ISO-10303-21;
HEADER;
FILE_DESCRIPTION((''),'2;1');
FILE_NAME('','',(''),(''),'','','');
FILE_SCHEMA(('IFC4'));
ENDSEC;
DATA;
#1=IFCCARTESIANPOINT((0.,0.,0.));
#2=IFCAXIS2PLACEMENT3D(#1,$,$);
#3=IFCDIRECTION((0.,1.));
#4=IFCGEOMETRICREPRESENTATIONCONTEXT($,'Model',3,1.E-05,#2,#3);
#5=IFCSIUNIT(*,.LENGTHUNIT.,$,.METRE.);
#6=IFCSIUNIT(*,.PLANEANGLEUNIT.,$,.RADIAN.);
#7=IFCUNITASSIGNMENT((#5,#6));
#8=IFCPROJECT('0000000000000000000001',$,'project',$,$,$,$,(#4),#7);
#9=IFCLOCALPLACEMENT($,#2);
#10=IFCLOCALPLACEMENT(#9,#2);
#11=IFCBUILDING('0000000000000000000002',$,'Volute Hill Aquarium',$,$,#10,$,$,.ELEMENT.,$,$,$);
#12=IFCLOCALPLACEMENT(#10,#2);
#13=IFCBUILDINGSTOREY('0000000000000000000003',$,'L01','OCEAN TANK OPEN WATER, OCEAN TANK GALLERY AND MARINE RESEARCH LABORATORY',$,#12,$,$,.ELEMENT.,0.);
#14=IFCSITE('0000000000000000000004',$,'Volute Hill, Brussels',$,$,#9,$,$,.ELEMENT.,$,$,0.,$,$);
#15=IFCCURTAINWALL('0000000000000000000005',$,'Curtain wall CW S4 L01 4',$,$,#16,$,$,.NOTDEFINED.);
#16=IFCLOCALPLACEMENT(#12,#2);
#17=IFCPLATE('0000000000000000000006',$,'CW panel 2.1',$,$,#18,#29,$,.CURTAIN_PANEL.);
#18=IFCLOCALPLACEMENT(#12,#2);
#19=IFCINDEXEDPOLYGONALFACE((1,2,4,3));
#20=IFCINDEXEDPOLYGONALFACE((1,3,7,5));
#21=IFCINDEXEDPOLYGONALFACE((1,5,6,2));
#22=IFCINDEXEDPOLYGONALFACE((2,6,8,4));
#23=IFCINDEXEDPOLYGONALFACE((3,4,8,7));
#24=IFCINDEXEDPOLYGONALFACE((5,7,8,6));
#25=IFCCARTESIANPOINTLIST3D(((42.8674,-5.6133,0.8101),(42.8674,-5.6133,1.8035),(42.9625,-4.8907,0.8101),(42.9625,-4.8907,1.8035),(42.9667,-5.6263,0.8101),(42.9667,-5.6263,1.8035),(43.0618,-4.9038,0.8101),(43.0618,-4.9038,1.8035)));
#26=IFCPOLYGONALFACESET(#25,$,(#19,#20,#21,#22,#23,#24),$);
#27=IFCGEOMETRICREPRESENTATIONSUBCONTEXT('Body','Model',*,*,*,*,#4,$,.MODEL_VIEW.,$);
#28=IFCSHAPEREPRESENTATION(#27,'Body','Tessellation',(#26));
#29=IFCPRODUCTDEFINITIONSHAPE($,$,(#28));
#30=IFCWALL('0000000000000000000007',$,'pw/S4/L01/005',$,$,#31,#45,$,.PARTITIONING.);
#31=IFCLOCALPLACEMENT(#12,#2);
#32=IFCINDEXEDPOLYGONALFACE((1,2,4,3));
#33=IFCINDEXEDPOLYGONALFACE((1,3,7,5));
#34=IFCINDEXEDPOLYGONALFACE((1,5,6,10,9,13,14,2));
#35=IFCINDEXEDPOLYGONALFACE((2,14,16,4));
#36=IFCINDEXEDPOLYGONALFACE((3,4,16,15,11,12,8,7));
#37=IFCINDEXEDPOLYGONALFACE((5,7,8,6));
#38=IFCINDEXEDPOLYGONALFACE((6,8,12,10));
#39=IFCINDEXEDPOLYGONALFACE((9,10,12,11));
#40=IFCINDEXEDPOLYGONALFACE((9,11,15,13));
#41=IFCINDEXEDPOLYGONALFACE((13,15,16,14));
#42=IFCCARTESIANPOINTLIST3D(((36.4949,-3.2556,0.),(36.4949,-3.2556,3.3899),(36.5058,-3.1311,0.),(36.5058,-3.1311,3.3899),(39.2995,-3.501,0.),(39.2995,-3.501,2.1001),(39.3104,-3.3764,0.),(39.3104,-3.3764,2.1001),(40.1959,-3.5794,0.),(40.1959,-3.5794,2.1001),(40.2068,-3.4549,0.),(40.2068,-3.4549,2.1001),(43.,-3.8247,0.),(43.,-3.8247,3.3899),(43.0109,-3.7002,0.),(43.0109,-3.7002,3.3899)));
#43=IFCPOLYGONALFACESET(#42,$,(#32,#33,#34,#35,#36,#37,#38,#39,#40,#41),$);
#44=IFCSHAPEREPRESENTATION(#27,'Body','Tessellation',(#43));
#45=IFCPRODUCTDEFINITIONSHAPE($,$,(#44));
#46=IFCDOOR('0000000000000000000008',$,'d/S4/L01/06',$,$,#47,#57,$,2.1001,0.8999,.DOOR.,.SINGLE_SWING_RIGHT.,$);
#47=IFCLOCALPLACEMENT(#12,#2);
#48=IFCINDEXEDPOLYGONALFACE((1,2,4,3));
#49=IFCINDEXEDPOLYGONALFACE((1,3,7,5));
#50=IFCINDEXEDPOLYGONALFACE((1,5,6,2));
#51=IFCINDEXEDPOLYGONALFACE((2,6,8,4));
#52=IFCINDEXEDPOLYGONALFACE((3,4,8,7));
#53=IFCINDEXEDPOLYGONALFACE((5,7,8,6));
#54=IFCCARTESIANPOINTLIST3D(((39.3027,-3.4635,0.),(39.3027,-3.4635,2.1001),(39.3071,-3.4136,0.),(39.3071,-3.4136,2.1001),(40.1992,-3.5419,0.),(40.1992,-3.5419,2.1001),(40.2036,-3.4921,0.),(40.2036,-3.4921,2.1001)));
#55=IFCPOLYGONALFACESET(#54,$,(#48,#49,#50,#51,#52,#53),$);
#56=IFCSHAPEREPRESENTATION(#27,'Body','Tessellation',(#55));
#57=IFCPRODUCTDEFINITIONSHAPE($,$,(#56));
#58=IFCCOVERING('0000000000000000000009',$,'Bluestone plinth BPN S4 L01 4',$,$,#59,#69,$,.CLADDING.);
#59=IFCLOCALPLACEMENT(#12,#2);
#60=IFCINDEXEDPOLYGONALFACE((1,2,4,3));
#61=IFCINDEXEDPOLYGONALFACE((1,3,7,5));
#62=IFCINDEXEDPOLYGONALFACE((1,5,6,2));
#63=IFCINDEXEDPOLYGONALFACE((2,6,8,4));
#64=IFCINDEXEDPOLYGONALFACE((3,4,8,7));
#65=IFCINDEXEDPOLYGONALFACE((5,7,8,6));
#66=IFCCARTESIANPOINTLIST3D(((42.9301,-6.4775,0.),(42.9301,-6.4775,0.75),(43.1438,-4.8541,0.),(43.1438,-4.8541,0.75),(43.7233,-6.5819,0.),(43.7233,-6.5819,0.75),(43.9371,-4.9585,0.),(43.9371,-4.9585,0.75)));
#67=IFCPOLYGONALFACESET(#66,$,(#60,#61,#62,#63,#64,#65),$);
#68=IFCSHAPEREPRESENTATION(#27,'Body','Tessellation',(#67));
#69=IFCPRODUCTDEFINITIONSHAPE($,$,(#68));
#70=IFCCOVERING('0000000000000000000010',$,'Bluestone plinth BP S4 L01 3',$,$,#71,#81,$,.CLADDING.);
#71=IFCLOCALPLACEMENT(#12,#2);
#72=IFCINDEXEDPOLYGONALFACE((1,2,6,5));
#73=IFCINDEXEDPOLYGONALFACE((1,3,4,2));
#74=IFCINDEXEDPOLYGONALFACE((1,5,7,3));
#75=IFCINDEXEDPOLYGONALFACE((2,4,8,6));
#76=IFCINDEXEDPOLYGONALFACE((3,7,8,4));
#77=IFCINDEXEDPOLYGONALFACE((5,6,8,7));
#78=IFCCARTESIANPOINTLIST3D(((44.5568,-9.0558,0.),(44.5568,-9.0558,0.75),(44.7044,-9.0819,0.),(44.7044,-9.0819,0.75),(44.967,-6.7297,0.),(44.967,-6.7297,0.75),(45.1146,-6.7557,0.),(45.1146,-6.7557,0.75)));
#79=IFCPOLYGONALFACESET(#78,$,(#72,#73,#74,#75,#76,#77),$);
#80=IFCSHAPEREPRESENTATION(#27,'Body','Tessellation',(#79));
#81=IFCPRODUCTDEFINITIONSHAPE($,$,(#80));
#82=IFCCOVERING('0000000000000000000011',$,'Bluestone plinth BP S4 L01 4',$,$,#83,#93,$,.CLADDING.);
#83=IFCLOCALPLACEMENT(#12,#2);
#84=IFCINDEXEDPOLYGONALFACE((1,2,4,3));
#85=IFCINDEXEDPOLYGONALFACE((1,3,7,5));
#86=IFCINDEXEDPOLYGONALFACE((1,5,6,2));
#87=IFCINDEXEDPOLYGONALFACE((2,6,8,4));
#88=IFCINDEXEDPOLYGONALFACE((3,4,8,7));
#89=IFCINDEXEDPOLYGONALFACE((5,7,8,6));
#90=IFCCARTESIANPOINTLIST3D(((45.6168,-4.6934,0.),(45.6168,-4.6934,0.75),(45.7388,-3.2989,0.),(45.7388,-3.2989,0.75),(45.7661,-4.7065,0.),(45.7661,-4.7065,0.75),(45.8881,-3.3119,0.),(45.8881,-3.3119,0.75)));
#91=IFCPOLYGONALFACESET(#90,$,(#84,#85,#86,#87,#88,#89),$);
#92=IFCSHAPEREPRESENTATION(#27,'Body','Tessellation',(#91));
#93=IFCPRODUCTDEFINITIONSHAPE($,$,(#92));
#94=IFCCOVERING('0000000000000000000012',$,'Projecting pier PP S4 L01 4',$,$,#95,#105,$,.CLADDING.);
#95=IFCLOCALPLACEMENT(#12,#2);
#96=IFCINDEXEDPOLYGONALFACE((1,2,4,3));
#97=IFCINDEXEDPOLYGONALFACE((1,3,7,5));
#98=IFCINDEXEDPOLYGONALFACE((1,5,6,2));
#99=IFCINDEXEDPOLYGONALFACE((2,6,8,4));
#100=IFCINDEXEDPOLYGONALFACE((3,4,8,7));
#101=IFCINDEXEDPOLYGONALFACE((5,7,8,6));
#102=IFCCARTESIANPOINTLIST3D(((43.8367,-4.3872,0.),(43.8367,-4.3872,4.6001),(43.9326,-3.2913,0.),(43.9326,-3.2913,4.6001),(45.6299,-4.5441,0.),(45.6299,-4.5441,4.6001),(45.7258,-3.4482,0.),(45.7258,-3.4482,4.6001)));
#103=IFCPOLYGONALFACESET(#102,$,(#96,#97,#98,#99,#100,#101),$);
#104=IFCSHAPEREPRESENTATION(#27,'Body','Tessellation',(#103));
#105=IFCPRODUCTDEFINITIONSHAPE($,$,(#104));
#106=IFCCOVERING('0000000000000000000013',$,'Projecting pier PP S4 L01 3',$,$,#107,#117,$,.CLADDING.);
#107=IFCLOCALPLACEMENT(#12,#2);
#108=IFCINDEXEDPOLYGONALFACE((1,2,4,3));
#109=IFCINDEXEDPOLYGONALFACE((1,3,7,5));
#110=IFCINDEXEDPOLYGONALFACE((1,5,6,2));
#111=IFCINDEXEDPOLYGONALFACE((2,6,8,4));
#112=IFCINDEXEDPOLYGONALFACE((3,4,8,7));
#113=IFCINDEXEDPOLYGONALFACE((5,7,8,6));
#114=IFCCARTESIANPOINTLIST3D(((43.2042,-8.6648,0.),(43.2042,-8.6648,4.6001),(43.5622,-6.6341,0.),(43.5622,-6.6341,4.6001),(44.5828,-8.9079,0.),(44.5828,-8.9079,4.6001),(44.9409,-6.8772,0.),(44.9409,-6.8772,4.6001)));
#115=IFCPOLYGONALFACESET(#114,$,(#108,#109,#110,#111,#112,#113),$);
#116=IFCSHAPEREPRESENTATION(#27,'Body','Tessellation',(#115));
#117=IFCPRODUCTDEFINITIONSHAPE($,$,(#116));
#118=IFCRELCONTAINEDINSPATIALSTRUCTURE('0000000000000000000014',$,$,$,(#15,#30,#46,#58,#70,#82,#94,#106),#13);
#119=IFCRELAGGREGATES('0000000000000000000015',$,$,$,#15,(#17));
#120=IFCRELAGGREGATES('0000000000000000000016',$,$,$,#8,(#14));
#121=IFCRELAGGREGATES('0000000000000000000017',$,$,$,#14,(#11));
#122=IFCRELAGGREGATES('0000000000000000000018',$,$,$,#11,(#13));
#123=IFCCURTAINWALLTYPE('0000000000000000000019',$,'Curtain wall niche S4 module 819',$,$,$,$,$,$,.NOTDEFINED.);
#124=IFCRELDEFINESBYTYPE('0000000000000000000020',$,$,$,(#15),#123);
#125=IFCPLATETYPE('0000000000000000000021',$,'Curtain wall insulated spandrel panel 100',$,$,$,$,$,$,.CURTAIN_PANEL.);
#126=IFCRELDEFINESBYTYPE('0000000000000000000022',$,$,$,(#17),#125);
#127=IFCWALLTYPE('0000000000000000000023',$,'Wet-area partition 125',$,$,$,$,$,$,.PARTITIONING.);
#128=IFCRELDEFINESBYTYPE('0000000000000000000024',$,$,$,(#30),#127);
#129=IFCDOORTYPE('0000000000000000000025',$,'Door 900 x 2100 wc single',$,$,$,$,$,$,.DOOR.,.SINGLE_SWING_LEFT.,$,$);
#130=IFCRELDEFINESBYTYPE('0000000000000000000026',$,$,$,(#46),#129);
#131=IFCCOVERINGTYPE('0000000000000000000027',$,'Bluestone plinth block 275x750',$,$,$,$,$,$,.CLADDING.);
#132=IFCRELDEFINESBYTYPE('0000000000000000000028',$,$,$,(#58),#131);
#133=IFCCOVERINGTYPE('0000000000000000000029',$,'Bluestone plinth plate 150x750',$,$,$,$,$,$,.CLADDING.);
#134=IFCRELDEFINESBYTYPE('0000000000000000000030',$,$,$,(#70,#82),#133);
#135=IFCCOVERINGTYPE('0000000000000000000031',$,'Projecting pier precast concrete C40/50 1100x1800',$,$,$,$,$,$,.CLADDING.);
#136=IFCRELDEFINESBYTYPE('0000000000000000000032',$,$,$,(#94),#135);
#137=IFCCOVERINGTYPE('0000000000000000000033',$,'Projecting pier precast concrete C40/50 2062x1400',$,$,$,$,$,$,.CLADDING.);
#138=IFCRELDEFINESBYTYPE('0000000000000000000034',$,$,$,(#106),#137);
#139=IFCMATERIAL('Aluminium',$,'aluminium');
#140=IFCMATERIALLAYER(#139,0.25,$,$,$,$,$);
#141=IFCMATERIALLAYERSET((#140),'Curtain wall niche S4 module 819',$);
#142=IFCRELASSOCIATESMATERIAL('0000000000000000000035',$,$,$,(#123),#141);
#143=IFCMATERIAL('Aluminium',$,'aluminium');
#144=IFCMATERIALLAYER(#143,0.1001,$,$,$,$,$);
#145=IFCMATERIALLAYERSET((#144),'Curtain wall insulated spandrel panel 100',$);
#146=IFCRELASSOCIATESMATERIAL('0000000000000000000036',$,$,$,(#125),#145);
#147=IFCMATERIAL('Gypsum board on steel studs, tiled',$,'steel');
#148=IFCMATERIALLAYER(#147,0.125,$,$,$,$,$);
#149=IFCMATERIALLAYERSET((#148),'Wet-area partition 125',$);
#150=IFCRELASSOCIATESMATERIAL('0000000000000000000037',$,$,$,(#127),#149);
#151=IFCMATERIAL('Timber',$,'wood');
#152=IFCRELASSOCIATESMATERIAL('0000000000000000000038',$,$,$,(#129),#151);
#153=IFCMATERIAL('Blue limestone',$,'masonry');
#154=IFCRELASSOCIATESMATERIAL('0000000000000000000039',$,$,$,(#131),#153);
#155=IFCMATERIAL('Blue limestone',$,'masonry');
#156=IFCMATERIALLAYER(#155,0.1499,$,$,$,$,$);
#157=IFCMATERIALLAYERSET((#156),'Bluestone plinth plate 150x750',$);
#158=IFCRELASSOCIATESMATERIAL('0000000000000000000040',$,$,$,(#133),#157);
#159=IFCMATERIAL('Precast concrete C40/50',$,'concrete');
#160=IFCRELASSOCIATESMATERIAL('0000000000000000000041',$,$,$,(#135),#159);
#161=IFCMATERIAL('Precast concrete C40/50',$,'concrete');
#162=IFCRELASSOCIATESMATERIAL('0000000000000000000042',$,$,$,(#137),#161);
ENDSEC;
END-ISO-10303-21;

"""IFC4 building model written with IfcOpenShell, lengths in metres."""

from ifc_helpers import new_model, si_unit, direction, frame, frame_2d, origin, origin_2d, place, context, subcontext, project, spatial, rectangle, extrude, material, layer, layer_set, type_object, element, fill, aggregate, save


model = new_model("IFC4")

# Units and contexts
model_context = context("Model", 3, precision=1e-05, world=origin(), true_north=direction((0.0, 1.0)))
body_context = subcontext(model_context, "Body", "Model", "MODEL_VIEW")
ifc_project = project(units=[si_unit("LENGTHUNIT", "METRE"), si_unit("PLANEANGLEUNIT", "RADIAN")], contexts=[model_context])

# Site, building, storey
site_placement = place(None, origin())
site = spatial("IfcSite", under=ifc_project, at=site_placement, Name="Volute Hill, Brussels", CompositionType="ELEMENT", RefElevation=0.0)
building_placement = place(site_placement, origin())
building = spatial("IfcBuilding", under=site, at=building_placement, Name="Volute Hill Aquarium", CompositionType="ELEMENT")
storey_placement = place(building_placement, origin())
storey = spatial("IfcBuildingStorey", under=building, at=storey_placement, Name="L01", Description="OCEAN TANK OPEN WATER, OCEAN TANK GALLERY AND MARINE RESEARCH LABORATORY", CompositionType="ELEMENT", Elevation=0.0)

# Curtain wall
ifc_material_1 = material(Name="Aluminium", Category="aluminium")
ifc_layer_1 = layer(ifc_material_1, 0.25)
ifc_layer_set_1 = layer_set([ifc_layer_1], Name="Curtain wall niche S4 module 819")
curtain_wall_type = type_object("IfcCurtainWallType", Name="Curtain wall niche S4 module 819", PredefinedType="NOTDEFINED", material=ifc_layer_set_1)
curtain_wall_placement = place(storey_placement, origin())
curtain_wall = element("IfcCurtainWall", 1, at=curtain_wall_placement, inside=storey, type_object=curtain_wall_type, Name="Curtain wall CW S4 L01 4", PredefinedType="NOTDEFINED")

# Plate
ifc_material_2 = material(Name="Aluminium", Category="aluminium")
ifc_layer_2 = layer(ifc_material_2, 0.1001)
ifc_layer_set_2 = layer_set([ifc_layer_2], Name="Curtain wall insulated spandrel panel 100")
plate_type_1 = type_object("IfcPlateType", Name="Curtain wall insulated spandrel panel 100", PredefinedType="CURTAIN_PANEL", material=ifc_layer_set_2)
plate_1_placement = place(storey_placement, frame((42.9646, -5.2585, 0.8101), z_axis=(0.0, 0.0, 1.0), x_axis=(0.130516, 0.991446, 0.0)))
plate_1 = element("IfcPlate", 2, at=plate_1_placement, type_object=plate_type_1, Name="CW panel 2.1", PredefinedType="CURTAIN_PANEL", context=body_context, shape_type="SweptSolid", body=[
    extrude(rectangle(XDim=0.7288, YDim=0.1001, at=origin_2d()), origin(), (0.0, 0.0, 1.0), 0.9934),
])
aggregate(curtain_wall, [plate_1])

# Wall, opening, door
ifc_material_3 = material(Name="Gypsum board on steel studs, tiled", Category="steel")
ifc_layer_3 = layer(ifc_material_3, 0.125)
ifc_layer_set_3 = layer_set([ifc_layer_3], Name="Wet-area partition 125")
wall_type = type_object("IfcWallType", Name="Wet-area partition 125", PredefinedType="PARTITIONING", material=ifc_layer_set_3)
wall_placement = place(storey_placement, frame((43.0056, -3.7625, 0.0), z_axis=(0.0, 0.0, 1.0), x_axis=(-0.996195, 0.087151, 0.0)))
wall = element("IfcWall", 3, at=wall_placement, inside=storey, type_object=wall_type, Name="pw/S4/L01/005", PredefinedType="PARTITIONING", context=body_context, shape_type="SweptSolid", body=[
    extrude(rectangle(XDim=6.53, YDim=0.125, at=frame_2d((3.2651, 0.0))), origin(), (0.0, 0.0, 1.0), 3.3899),
])
opening_placement = place(wall_placement, frame((2.8149, 0.0, 0.0)))
opening = element("IfcOpeningElement", 4, at=opening_placement, cuts=wall, PredefinedType="OPENING", context=body_context, shape_type="SweptSolid", body=[
    extrude(rectangle(XDim=0.8999, YDim=2.1001, at=frame_2d((0.45, 1.05))), frame((0.0, 0.0725, 0.0), z_axis=(0.0, -1.0, 0.0), x_axis=(1.0, 0.0, 0.0)), (0.0, 0.0, 1.0), 0.145),
])
ifc_material_4 = material(Name="Timber", Category="wood")
door_type = type_object("IfcDoorType", Name="Door 900 x 2100 wc single", OperationType="SINGLE_SWING_LEFT", PredefinedType="DOOR", material=ifc_material_4)
door_placement = place(opening_placement, origin())
door = element("IfcDoor", 5, at=door_placement, inside=storey, type_object=door_type, Name="d/S4/L01/06", OperationType="SINGLE_SWING_RIGHT", OverallHeight=2.1001, OverallWidth=0.8999, PredefinedType="DOOR", context=body_context, shape_type="SweptSolid", body=[
    extrude(rectangle(XDim=0.8999, YDim=2.1001, at=frame_2d((0.45, 1.05))), frame((0.0, 0.0249, 0.0), z_axis=(0.0, -1.0, 0.0), x_axis=(1.0, 0.0, 0.0)), (0.0, 0.0, 1.0), 0.05),
])
fill(opening, door)

# Coverings
ifc_material_5 = material(Name="Blue limestone", Category="masonry")
covering_type_1 = type_object("IfcCoveringType", Name="Bluestone plinth block 275x750", PredefinedType="CLADDING", material=ifc_material_5)
covering_1_placement = place(storey_placement, frame((43.4336, -5.718, 0.0), z_axis=(0.0, 0.0, 1.0), x_axis=(0.130516, 0.991446, 0.0)))
element("IfcCovering", 6, at=covering_1_placement, inside=storey, type_object=covering_type_1, Name="Bluestone plinth BPN S4 L01 4", PredefinedType="CLADDING", context=body_context, shape_type="SweptSolid", body=[
    extrude(rectangle(XDim=1.6375, YDim=0.8, at=origin_2d()), origin(), (0.0, 0.0, 1.0), 0.75),
])
ifc_material_6 = material(Name="Blue limestone", Category="masonry")
ifc_layer_4 = layer(ifc_material_6, 0.1499)
ifc_layer_set_4 = layer_set([ifc_layer_4], Name="Bluestone plinth plate 150x750")
covering_type_2 = type_object("IfcCoveringType", Name="Bluestone plinth plate 150x750", PredefinedType="CLADDING", material=ifc_layer_set_4)
covering_2_placement = place(storey_placement, frame((44.8357, -7.9058, 0.0), z_axis=(0.0, 0.0, 1.0), x_axis=(0.173648, 0.984808, 0.0)))
element("IfcCovering", 7, at=covering_2_placement, inside=storey, type_object=covering_type_2, Name="Bluestone plinth BP S4 L01 3", PredefinedType="CLADDING", context=body_context, shape_type="SweptSolid", body=[
    extrude(rectangle(XDim=2.3621, YDim=0.1499, at=origin_2d()), origin(), (0.0, 0.0, 1.0), 0.75),
])
covering_3_placement = place(storey_placement, frame((45.7524, -4.0027, 0.0), z_axis=(0.0, 0.0, 1.0), x_axis=(0.087156, 0.996195, 0.0)))
element("IfcCovering", 8, at=covering_3_placement, inside=storey, type_object=covering_type_2, Name="Bluestone plinth BP S4 L01 4", PredefinedType="CLADDING", context=body_context, shape_type="SweptSolid", body=[
    extrude(rectangle(XDim=1.3999, YDim=0.1499, at=origin_2d()), origin(), (0.0, 0.0, 1.0), 0.75),
])
ifc_material_7 = material(Name="Precast concrete C40/50", Category="concrete")
covering_type_3 = type_object("IfcCoveringType", Name="Projecting pier precast concrete C40/50 1100x1800", PredefinedType="CLADDING", material=ifc_material_7)
covering_4_placement = place(storey_placement, frame((44.7812, -3.9177, 0.0), z_axis=(0.0, 0.0, 1.0), x_axis=(0.087156, 0.996195, 0.0)))
element("IfcCovering", 9, at=covering_4_placement, inside=storey, type_object=covering_type_3, Name="Projecting pier PP S4 L01 4", PredefinedType="CLADDING", context=body_context, shape_type="SweptSolid", body=[
    extrude(rectangle(XDim=1.1001, YDim=1.8, at=origin_2d()), origin(), (0.0, 0.0, 1.0), 4.6001),
])
ifc_material_8 = material(Name="Precast concrete C40/50", Category="concrete")
covering_type_4 = type_object("IfcCoveringType", Name="Projecting pier precast concrete C40/50 2062x1400", PredefinedType="CLADDING", material=ifc_material_8)
covering_5_placement = place(storey_placement, frame((44.0725, -7.771, 0.0), z_axis=(0.0, 0.0, 1.0), x_axis=(0.173648, 0.984808, 0.0)))
element("IfcCovering", 10, at=covering_5_placement, inside=storey, type_object=covering_type_4, Name="Projecting pier PP S4 L01 3", PredefinedType="CLADDING", context=body_context, shape_type="SweptSolid", body=[
    extrude(rectangle(XDim=2.062, YDim=1.3999, at=origin_2d()), origin(), (0.0, 0.0, 1.0), 4.6001),
])

save(model, "model.ifc")
